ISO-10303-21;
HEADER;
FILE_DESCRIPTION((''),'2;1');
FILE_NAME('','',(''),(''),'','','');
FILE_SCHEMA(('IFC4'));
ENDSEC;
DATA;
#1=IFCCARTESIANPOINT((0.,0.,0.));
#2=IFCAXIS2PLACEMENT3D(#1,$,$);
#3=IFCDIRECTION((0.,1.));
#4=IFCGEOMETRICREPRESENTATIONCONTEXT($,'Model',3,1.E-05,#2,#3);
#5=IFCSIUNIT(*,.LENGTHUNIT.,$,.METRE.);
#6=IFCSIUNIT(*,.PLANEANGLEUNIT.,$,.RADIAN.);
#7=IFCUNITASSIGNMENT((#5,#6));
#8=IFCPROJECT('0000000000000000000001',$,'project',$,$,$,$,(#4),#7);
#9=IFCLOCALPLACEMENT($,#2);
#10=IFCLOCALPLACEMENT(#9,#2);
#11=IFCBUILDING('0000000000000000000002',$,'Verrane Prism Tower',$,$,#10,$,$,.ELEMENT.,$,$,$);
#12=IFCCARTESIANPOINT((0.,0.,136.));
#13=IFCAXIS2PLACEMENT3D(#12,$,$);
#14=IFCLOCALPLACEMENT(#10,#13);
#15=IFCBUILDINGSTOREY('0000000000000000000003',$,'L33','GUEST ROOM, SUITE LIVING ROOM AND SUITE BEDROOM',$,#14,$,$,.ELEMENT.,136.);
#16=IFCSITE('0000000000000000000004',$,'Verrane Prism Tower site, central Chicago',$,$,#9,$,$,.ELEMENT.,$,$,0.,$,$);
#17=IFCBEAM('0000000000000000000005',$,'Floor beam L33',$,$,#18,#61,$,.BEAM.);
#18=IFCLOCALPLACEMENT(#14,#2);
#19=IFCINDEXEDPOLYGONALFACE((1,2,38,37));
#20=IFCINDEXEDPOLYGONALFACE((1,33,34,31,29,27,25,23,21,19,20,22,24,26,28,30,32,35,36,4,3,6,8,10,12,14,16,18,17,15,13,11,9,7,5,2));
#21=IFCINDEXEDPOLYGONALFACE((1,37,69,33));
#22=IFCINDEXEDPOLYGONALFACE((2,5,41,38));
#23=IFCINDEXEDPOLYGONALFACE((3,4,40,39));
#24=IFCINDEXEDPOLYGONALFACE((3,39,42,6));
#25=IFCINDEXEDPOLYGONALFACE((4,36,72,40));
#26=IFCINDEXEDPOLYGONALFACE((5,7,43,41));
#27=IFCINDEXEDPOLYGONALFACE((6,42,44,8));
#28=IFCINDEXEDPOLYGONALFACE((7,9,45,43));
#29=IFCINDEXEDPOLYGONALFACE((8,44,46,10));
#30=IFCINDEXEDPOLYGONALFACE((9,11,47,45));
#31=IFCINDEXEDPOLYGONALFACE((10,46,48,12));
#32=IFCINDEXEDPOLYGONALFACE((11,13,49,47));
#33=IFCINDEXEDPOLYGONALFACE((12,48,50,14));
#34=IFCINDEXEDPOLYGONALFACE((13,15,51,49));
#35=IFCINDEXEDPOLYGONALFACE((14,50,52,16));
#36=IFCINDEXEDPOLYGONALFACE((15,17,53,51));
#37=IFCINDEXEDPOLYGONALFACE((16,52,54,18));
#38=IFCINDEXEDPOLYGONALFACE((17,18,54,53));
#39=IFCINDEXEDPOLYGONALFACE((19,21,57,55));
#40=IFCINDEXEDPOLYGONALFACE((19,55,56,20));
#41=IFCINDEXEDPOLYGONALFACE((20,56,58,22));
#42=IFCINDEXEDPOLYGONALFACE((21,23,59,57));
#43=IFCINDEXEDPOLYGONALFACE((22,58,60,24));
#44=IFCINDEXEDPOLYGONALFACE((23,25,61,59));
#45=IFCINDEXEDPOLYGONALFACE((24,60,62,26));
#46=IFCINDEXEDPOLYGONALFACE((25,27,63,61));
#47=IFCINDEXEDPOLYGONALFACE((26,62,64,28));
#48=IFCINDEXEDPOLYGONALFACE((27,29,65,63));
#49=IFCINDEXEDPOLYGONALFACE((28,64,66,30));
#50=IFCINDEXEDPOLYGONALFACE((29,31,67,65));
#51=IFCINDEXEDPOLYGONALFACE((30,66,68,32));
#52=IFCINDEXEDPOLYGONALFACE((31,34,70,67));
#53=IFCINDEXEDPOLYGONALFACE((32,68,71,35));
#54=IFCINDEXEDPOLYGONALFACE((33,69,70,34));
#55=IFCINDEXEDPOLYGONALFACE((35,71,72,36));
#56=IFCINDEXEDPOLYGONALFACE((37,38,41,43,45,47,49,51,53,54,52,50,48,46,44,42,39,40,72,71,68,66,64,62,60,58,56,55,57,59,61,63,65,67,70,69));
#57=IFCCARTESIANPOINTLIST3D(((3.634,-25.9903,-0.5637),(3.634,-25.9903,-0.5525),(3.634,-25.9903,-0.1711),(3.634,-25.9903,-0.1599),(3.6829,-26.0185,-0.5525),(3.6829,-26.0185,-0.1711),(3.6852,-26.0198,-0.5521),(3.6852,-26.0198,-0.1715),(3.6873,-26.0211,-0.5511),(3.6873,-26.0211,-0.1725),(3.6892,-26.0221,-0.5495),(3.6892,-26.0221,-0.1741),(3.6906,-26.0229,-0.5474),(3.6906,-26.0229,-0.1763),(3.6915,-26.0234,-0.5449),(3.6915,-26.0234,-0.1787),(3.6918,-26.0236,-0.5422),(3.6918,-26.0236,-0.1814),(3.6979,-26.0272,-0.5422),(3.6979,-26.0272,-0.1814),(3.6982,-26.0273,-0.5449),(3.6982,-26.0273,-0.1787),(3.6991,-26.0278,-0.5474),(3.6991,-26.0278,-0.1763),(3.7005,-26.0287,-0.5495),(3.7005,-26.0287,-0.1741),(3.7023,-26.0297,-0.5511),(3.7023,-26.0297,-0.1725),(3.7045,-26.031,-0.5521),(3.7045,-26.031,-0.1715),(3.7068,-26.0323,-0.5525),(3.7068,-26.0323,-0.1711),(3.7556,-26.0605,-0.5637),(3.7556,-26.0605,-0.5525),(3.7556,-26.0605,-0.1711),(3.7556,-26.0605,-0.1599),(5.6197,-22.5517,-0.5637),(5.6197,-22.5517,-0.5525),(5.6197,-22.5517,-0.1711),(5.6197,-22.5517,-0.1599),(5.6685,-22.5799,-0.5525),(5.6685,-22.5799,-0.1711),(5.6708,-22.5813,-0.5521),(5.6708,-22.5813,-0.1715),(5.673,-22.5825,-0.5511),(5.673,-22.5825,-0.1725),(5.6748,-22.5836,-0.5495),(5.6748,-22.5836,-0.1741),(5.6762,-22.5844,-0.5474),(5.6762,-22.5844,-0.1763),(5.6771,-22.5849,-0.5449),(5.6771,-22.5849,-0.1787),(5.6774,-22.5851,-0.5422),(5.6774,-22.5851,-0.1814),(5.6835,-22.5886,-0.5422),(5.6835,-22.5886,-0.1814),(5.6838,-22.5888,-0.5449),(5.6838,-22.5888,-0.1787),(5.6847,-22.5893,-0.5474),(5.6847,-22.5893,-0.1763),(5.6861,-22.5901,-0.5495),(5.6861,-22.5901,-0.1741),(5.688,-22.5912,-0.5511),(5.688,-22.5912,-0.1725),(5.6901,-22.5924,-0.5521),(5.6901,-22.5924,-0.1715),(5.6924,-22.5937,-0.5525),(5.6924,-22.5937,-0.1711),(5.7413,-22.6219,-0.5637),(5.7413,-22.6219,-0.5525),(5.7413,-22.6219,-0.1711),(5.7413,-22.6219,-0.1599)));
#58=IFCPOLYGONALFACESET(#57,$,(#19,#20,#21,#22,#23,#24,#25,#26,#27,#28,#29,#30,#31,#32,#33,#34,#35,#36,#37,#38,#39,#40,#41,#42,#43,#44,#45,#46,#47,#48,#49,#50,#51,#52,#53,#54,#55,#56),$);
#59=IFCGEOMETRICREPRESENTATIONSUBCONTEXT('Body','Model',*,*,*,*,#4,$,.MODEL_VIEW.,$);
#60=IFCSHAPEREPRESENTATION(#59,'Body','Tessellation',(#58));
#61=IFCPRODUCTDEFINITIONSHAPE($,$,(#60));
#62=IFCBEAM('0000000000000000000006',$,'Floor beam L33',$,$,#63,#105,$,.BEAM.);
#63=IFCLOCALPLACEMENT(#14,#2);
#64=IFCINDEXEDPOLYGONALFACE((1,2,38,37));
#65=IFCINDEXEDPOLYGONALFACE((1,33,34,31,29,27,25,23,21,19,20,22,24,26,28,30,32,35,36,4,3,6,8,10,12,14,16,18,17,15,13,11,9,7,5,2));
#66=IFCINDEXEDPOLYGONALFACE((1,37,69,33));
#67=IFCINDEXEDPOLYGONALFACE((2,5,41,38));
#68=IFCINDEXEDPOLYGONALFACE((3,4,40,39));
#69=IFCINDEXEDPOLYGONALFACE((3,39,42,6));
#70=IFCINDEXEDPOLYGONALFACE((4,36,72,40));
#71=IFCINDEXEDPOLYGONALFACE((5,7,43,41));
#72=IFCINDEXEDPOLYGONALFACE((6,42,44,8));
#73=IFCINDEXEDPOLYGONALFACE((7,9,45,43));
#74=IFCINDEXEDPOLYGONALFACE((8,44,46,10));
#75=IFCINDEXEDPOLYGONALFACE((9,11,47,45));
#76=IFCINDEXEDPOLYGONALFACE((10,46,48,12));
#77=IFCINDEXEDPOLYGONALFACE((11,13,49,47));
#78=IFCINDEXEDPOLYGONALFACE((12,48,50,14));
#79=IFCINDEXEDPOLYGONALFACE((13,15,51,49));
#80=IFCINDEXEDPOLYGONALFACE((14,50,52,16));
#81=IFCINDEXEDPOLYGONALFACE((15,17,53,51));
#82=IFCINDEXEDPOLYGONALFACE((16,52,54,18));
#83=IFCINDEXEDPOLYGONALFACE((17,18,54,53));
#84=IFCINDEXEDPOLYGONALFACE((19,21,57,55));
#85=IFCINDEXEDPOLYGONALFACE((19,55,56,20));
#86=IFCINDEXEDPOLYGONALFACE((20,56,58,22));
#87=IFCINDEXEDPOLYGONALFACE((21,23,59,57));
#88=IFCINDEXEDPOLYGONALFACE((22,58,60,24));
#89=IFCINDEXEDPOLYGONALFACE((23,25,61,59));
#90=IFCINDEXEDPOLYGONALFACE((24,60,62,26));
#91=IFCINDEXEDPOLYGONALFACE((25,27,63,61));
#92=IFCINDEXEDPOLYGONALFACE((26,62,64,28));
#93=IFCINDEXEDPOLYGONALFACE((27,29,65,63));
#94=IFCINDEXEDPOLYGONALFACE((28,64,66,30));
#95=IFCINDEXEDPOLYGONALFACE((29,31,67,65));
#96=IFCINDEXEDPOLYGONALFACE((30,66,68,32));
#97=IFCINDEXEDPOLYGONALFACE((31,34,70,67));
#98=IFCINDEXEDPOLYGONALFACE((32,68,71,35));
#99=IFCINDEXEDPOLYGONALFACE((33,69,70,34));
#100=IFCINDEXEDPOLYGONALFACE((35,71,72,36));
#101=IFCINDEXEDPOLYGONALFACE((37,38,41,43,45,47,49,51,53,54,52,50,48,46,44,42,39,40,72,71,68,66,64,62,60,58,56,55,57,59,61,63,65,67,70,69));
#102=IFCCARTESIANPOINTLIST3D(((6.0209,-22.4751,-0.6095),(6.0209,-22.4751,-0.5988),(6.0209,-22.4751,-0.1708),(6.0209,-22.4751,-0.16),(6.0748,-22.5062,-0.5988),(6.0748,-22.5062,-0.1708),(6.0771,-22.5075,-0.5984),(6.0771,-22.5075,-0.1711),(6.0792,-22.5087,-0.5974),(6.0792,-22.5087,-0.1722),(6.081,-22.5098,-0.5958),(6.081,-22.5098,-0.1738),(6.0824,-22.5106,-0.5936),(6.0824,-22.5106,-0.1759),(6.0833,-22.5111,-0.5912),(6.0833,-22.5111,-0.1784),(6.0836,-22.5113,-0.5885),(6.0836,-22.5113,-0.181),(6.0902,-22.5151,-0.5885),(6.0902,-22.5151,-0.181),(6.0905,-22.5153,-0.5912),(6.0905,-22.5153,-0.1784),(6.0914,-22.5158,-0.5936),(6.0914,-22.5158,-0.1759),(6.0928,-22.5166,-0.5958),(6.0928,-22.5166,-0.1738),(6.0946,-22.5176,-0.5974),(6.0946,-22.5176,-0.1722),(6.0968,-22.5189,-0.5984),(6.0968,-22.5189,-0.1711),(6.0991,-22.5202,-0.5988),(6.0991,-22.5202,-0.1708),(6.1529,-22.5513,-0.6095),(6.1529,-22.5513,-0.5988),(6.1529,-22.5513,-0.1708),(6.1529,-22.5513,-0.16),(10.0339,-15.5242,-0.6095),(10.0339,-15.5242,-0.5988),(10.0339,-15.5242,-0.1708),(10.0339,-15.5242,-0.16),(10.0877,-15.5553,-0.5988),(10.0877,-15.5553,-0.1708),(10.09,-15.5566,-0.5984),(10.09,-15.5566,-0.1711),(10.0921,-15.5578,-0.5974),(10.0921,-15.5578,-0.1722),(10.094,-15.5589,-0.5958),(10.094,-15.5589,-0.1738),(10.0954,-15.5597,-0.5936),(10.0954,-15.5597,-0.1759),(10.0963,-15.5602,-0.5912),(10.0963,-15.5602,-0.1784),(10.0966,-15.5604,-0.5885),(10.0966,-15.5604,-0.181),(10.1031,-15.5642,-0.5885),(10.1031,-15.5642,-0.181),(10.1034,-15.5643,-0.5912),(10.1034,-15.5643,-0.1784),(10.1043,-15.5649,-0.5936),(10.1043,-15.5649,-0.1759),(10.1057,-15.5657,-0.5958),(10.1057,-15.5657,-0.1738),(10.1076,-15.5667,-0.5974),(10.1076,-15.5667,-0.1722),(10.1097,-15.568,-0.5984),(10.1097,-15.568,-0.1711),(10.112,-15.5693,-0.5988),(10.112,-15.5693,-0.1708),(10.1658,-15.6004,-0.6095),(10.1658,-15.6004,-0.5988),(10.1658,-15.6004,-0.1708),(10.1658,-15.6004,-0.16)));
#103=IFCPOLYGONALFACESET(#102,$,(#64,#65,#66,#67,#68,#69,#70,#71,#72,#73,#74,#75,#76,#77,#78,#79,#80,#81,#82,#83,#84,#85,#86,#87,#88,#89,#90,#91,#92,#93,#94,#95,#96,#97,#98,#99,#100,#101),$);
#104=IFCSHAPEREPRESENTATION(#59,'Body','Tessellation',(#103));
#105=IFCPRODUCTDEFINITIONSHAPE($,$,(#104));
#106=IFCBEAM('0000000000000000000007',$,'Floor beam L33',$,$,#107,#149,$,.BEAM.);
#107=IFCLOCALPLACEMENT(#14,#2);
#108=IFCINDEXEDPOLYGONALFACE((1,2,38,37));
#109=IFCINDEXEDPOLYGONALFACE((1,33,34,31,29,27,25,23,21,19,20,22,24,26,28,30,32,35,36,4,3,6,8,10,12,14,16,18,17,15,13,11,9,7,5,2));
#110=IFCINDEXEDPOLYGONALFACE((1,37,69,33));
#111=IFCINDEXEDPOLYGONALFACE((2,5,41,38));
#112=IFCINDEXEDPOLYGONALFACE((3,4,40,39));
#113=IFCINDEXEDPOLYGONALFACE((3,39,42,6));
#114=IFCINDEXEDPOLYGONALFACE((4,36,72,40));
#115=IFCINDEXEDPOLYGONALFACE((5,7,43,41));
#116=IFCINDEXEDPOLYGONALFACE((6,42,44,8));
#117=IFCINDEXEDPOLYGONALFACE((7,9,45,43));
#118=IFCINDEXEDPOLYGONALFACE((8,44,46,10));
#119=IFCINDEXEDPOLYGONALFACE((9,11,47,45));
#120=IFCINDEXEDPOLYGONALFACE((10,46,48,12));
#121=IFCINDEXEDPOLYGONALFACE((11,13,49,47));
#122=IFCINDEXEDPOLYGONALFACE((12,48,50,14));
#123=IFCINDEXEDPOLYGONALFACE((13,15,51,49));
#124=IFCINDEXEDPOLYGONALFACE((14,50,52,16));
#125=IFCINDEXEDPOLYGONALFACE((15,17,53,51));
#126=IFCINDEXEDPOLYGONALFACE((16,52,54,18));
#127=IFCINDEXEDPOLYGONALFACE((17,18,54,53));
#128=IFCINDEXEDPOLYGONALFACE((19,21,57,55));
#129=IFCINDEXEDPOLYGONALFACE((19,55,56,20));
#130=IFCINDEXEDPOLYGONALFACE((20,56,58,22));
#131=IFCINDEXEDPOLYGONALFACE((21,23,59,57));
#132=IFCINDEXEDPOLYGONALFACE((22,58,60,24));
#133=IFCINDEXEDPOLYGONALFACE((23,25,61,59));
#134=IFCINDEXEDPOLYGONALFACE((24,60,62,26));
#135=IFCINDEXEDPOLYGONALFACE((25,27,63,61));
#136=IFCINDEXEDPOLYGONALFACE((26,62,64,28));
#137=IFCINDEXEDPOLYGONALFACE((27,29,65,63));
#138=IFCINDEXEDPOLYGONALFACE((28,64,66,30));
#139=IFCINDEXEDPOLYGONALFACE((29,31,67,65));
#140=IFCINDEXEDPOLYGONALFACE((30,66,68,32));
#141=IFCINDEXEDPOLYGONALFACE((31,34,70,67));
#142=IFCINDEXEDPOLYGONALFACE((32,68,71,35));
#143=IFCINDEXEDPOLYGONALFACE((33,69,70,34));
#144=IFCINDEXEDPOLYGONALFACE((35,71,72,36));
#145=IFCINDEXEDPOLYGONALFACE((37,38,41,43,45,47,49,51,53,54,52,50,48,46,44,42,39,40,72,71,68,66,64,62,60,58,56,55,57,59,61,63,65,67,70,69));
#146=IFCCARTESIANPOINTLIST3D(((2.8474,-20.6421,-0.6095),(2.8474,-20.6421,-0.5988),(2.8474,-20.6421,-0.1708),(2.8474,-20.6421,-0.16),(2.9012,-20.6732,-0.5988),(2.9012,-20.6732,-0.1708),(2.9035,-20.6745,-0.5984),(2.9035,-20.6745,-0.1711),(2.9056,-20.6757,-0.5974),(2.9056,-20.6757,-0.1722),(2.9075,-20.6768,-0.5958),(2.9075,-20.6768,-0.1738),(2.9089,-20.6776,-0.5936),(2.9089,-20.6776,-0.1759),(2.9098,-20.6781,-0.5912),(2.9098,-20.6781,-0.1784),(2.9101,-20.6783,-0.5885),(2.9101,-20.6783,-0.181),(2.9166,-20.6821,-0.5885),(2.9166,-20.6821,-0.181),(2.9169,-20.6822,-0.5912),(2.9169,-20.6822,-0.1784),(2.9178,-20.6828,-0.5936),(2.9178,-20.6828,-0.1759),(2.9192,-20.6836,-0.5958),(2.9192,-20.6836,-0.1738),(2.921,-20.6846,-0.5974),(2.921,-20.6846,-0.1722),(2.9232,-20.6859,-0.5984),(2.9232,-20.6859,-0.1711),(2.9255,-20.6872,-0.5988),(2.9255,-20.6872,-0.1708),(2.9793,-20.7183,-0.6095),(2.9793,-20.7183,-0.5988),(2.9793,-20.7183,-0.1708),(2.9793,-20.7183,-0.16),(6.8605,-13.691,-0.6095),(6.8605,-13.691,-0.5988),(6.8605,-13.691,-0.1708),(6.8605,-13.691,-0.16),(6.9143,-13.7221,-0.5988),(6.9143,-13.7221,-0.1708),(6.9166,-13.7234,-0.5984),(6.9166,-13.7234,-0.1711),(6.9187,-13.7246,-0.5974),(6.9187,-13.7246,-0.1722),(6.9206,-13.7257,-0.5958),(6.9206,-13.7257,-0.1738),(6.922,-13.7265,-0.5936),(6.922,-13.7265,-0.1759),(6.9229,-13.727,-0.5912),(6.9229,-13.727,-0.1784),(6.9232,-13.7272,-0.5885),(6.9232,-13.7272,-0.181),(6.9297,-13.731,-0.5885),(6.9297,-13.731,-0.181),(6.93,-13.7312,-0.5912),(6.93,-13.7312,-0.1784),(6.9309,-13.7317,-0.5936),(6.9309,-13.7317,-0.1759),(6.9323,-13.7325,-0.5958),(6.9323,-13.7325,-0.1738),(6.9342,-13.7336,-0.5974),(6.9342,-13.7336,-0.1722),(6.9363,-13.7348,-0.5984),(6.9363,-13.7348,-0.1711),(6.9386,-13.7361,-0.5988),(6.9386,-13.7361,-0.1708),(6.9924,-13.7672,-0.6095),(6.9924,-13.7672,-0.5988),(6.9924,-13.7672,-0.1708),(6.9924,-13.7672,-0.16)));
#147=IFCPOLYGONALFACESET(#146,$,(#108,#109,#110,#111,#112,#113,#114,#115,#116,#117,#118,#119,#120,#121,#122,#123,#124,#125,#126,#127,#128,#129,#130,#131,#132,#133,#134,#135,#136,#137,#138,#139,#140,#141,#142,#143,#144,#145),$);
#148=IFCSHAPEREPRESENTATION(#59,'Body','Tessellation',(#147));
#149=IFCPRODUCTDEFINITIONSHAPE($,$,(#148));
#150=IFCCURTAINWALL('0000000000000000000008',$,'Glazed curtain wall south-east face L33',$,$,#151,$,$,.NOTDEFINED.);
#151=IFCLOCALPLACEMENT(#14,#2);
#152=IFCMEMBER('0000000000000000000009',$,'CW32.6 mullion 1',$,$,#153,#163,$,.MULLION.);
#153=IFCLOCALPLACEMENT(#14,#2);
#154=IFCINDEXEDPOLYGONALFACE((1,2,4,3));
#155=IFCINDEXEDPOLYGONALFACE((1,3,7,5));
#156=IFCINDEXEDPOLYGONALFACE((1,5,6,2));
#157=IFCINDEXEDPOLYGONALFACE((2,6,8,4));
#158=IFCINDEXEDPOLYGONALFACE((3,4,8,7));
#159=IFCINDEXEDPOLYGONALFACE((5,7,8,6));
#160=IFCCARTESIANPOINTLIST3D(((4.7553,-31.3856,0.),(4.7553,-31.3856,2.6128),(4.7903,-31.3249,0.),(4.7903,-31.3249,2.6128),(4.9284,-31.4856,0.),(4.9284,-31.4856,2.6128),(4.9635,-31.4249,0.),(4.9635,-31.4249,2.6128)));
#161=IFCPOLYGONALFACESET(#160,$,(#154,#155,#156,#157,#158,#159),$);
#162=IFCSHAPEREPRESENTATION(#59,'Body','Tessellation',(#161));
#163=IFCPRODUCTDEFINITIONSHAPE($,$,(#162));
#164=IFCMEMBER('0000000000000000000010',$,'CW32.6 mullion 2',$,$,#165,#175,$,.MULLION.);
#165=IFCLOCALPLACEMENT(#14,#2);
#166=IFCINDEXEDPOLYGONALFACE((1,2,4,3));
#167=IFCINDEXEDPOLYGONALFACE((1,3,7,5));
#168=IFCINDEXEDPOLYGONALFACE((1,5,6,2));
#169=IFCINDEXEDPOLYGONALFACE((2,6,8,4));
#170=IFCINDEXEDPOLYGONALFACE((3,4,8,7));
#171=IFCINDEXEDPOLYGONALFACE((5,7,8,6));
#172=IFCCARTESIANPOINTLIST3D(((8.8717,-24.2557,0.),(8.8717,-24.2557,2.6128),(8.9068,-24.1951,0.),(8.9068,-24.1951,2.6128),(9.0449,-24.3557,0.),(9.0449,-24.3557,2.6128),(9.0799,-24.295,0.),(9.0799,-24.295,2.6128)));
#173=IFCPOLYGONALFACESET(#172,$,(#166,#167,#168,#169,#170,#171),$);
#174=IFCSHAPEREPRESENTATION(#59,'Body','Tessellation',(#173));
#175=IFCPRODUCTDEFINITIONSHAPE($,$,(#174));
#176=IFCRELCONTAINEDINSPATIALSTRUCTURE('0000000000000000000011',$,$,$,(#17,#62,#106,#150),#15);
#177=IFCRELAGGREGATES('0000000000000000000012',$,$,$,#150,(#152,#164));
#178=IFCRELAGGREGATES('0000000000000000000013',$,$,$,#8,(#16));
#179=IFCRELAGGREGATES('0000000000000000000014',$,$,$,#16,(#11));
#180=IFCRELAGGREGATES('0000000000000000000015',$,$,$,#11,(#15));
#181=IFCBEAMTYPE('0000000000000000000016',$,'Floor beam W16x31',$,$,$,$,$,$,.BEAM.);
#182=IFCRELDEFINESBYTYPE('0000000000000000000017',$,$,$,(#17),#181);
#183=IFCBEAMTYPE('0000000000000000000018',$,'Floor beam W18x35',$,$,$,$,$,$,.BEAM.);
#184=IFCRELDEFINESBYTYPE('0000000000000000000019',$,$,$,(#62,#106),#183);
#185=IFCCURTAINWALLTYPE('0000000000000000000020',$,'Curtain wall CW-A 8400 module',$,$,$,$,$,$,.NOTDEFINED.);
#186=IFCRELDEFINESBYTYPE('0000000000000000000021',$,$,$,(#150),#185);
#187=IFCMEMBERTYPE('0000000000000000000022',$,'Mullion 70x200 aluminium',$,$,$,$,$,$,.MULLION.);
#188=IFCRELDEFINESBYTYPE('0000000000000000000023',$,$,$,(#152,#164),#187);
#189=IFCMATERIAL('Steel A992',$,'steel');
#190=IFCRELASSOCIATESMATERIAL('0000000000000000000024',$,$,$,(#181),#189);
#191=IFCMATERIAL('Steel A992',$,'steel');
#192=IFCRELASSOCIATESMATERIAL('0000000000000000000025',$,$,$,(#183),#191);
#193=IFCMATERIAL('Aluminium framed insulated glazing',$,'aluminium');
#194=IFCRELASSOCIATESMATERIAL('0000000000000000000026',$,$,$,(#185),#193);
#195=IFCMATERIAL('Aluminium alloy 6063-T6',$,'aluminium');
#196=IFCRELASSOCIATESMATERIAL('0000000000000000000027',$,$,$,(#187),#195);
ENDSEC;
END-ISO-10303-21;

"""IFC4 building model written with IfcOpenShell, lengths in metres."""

from ifc_helpers import new_model, si_unit, direction, frame, origin, origin_2d, place, context, subcontext, project, spatial, rectangle, i_section, extrude, material, material_profile, profile_set, type_object, element, aggregate, save


model = new_model("IFC4")

# Units and contexts
model_context = context("Model", 3, precision=1e-05, world=origin(), true_north=direction((0.0, 1.0)))
body_context = subcontext(model_context, "Body", "Model", "MODEL_VIEW")
ifc_project = project(units=[si_unit("LENGTHUNIT", "METRE"), si_unit("PLANEANGLEUNIT", "RADIAN")], contexts=[model_context])

# Site, building, storey
site_placement = place(None, origin())
site = spatial("IfcSite", under=ifc_project, at=site_placement, Name="Verrane Prism Tower site, central Chicago", CompositionType="ELEMENT", RefElevation=0.0)
building_placement = place(site_placement, origin())
building = spatial("IfcBuilding", under=site, at=building_placement, Name="Verrane Prism Tower", CompositionType="ELEMENT")
storey_placement = place(building_placement, frame((0.0, 0.0, 136.0)))
storey = spatial("IfcBuildingStorey", under=building, at=storey_placement, Name="L33", Description="GUEST ROOM, SUITE LIVING ROOM AND SUITE BEDROOM", CompositionType="ELEMENT", Elevation=136.0)

# Beams
ifc_material_1 = material(Name="Steel A992", Category="steel")
ifc_material_profile_1 = material_profile(ifc_material_1, i_section(OverallWidth=0.1404, OverallDepth=0.4038, WebThickness=0.0071, FlangeThickness=0.0112, FilletRadius=0.0103, at=origin_2d()), Name="W16x31")
ifc_profile_set_1 = profile_set([ifc_material_profile_1], Name="Steel A992")
beam_type_1 = type_object("IfcBeamType", Name="Floor beam W16x31", PredefinedType="BEAM", material=ifc_profile_set_1)
beam_1_placement = place(storey_placement, frame((3.6948, -26.0254, -0.3618), z_axis=(0.500074, 0.865983, 0.0), x_axis=(-0.865983, 0.500074, 0.0)))
element("IfcBeam", 1, at=beam_1_placement, inside=storey, type_object=beam_type_1, Name="Floor beam L33", PredefinedType="BEAM", context=body_context, shape_type="SweptSolid", body=[
    extrude(i_section(OverallWidth=0.1404, OverallDepth=0.4038, WebThickness=0.0071, FlangeThickness=0.0112, FilletRadius=0.0103, at=origin_2d()), origin(), (0.0, 0.0, 1.0), 3.9707),
])
ifc_material_2 = material(Name="Steel A992", Category="steel")
ifc_material_profile_2 = material_profile(ifc_material_2, i_section(OverallWidth=0.1523, OverallDepth=0.4495, WebThickness=0.0076, FlangeThickness=0.0107, FilletRadius=0.0103, at=origin_2d()), Name="W18x35")
ifc_profile_set_2 = profile_set([ifc_material_profile_2], Name="Steel A992")
beam_type_2 = type_object("IfcBeamType", Name="Floor beam W18x35", PredefinedType="BEAM", material=ifc_profile_set_2)
beam_2_placement = place(storey_placement, frame((6.0869, -22.5132, -0.3848), z_axis=(0.499983, 0.866035, 0.0), x_axis=(-0.866035, 0.499983, 0.0)))
element("IfcBeam", 2, at=beam_2_placement, inside=storey, type_object=beam_type_2, Name="Floor beam L33", PredefinedType="BEAM", context=body_context, shape_type="SweptSolid", body=[
    extrude(i_section(OverallWidth=0.1523, OverallDepth=0.4495, WebThickness=0.0076, FlangeThickness=0.0107, FilletRadius=0.0103, at=origin_2d()), origin(), (0.0, 0.0, 1.0), 8.0261),
])
beam_3_placement = place(storey_placement, frame((2.9133, -20.6802, -0.3848), z_axis=(0.499993, 0.86603, 0.0), x_axis=(-0.86603, 0.499993, 0.0)))
element("IfcBeam", 3, at=beam_3_placement, inside=storey, type_object=beam_type_2, Name="Floor beam L33", PredefinedType="BEAM", context=body_context, shape_type="SweptSolid", body=[
    extrude(i_section(OverallWidth=0.1523, OverallDepth=0.4495, WebThickness=0.0076, FlangeThickness=0.0107, FilletRadius=0.0103, at=origin_2d()), origin(), (0.0, 0.0, 1.0), 8.0264),
])

# Curtain wall, members
ifc_material_3 = material(Name="Aluminium framed insulated glazing", Category="aluminium")
curtain_wall_type_1 = type_object("IfcCurtainWallType", Name="Curtain wall CW-A 8400 module", PredefinedType="NOTDEFINED", material=ifc_material_3)
curtain_wall_1_placement = place(storey_placement, origin())
curtain_wall_1 = element("IfcCurtainWall", 4, at=curtain_wall_1_placement, inside=storey, type_object=curtain_wall_type_1, Name="Glazed curtain wall south-east face L33", PredefinedType="NOTDEFINED")
ifc_material_4 = material(Name="Aluminium alloy 6063-T6", Category="aluminium")
ifc_material_profile_3 = material_profile(ifc_material_4, rectangle(XDim=0.2, YDim=0.0701, at=origin_2d()), Name="Mullion 70x200 aluminium")
ifc_profile_set_3 = profile_set([ifc_material_profile_3], Name="Aluminium alloy 6063-T6")
member_type_1 = type_object("IfcMemberType", Name="Mullion 70x200 aluminium", PredefinedType="MULLION", material=ifc_profile_set_3)
member_1_placement = place(storey_placement, frame((4.8594, -31.4053, 0.0), z_axis=(0.0, 0.0, 1.0), x_axis=(-0.866025, 0.5, 0.0)))
member_1 = element("IfcMember", 5, at=member_1_placement, type_object=member_type_1, Name="CW32.6 mullion 1", PredefinedType="MULLION", context=body_context, shape_type="SweptSolid", body=[
    extrude(rectangle(XDim=0.2, YDim=0.0701, at=origin_2d()), origin(), (0.0, 0.0, 1.0), 2.6128),
])
member_2_placement = place(storey_placement, frame((8.9758, -24.2754, 0.0), z_axis=(0.0, 0.0, 1.0), x_axis=(-0.866025, 0.5, 0.0)))
member_2 = element("IfcMember", 6, at=member_2_placement, type_object=member_type_1, Name="CW32.6 mullion 2", PredefinedType="MULLION", context=body_context, shape_type="SweptSolid", body=[
    extrude(rectangle(XDim=0.2, YDim=0.0701, at=origin_2d()), origin(), (0.0, 0.0, 1.0), 2.6128),
])

aggregate(curtain_wall_1, [member_1, member_2])

save(model, "model.ifc")
